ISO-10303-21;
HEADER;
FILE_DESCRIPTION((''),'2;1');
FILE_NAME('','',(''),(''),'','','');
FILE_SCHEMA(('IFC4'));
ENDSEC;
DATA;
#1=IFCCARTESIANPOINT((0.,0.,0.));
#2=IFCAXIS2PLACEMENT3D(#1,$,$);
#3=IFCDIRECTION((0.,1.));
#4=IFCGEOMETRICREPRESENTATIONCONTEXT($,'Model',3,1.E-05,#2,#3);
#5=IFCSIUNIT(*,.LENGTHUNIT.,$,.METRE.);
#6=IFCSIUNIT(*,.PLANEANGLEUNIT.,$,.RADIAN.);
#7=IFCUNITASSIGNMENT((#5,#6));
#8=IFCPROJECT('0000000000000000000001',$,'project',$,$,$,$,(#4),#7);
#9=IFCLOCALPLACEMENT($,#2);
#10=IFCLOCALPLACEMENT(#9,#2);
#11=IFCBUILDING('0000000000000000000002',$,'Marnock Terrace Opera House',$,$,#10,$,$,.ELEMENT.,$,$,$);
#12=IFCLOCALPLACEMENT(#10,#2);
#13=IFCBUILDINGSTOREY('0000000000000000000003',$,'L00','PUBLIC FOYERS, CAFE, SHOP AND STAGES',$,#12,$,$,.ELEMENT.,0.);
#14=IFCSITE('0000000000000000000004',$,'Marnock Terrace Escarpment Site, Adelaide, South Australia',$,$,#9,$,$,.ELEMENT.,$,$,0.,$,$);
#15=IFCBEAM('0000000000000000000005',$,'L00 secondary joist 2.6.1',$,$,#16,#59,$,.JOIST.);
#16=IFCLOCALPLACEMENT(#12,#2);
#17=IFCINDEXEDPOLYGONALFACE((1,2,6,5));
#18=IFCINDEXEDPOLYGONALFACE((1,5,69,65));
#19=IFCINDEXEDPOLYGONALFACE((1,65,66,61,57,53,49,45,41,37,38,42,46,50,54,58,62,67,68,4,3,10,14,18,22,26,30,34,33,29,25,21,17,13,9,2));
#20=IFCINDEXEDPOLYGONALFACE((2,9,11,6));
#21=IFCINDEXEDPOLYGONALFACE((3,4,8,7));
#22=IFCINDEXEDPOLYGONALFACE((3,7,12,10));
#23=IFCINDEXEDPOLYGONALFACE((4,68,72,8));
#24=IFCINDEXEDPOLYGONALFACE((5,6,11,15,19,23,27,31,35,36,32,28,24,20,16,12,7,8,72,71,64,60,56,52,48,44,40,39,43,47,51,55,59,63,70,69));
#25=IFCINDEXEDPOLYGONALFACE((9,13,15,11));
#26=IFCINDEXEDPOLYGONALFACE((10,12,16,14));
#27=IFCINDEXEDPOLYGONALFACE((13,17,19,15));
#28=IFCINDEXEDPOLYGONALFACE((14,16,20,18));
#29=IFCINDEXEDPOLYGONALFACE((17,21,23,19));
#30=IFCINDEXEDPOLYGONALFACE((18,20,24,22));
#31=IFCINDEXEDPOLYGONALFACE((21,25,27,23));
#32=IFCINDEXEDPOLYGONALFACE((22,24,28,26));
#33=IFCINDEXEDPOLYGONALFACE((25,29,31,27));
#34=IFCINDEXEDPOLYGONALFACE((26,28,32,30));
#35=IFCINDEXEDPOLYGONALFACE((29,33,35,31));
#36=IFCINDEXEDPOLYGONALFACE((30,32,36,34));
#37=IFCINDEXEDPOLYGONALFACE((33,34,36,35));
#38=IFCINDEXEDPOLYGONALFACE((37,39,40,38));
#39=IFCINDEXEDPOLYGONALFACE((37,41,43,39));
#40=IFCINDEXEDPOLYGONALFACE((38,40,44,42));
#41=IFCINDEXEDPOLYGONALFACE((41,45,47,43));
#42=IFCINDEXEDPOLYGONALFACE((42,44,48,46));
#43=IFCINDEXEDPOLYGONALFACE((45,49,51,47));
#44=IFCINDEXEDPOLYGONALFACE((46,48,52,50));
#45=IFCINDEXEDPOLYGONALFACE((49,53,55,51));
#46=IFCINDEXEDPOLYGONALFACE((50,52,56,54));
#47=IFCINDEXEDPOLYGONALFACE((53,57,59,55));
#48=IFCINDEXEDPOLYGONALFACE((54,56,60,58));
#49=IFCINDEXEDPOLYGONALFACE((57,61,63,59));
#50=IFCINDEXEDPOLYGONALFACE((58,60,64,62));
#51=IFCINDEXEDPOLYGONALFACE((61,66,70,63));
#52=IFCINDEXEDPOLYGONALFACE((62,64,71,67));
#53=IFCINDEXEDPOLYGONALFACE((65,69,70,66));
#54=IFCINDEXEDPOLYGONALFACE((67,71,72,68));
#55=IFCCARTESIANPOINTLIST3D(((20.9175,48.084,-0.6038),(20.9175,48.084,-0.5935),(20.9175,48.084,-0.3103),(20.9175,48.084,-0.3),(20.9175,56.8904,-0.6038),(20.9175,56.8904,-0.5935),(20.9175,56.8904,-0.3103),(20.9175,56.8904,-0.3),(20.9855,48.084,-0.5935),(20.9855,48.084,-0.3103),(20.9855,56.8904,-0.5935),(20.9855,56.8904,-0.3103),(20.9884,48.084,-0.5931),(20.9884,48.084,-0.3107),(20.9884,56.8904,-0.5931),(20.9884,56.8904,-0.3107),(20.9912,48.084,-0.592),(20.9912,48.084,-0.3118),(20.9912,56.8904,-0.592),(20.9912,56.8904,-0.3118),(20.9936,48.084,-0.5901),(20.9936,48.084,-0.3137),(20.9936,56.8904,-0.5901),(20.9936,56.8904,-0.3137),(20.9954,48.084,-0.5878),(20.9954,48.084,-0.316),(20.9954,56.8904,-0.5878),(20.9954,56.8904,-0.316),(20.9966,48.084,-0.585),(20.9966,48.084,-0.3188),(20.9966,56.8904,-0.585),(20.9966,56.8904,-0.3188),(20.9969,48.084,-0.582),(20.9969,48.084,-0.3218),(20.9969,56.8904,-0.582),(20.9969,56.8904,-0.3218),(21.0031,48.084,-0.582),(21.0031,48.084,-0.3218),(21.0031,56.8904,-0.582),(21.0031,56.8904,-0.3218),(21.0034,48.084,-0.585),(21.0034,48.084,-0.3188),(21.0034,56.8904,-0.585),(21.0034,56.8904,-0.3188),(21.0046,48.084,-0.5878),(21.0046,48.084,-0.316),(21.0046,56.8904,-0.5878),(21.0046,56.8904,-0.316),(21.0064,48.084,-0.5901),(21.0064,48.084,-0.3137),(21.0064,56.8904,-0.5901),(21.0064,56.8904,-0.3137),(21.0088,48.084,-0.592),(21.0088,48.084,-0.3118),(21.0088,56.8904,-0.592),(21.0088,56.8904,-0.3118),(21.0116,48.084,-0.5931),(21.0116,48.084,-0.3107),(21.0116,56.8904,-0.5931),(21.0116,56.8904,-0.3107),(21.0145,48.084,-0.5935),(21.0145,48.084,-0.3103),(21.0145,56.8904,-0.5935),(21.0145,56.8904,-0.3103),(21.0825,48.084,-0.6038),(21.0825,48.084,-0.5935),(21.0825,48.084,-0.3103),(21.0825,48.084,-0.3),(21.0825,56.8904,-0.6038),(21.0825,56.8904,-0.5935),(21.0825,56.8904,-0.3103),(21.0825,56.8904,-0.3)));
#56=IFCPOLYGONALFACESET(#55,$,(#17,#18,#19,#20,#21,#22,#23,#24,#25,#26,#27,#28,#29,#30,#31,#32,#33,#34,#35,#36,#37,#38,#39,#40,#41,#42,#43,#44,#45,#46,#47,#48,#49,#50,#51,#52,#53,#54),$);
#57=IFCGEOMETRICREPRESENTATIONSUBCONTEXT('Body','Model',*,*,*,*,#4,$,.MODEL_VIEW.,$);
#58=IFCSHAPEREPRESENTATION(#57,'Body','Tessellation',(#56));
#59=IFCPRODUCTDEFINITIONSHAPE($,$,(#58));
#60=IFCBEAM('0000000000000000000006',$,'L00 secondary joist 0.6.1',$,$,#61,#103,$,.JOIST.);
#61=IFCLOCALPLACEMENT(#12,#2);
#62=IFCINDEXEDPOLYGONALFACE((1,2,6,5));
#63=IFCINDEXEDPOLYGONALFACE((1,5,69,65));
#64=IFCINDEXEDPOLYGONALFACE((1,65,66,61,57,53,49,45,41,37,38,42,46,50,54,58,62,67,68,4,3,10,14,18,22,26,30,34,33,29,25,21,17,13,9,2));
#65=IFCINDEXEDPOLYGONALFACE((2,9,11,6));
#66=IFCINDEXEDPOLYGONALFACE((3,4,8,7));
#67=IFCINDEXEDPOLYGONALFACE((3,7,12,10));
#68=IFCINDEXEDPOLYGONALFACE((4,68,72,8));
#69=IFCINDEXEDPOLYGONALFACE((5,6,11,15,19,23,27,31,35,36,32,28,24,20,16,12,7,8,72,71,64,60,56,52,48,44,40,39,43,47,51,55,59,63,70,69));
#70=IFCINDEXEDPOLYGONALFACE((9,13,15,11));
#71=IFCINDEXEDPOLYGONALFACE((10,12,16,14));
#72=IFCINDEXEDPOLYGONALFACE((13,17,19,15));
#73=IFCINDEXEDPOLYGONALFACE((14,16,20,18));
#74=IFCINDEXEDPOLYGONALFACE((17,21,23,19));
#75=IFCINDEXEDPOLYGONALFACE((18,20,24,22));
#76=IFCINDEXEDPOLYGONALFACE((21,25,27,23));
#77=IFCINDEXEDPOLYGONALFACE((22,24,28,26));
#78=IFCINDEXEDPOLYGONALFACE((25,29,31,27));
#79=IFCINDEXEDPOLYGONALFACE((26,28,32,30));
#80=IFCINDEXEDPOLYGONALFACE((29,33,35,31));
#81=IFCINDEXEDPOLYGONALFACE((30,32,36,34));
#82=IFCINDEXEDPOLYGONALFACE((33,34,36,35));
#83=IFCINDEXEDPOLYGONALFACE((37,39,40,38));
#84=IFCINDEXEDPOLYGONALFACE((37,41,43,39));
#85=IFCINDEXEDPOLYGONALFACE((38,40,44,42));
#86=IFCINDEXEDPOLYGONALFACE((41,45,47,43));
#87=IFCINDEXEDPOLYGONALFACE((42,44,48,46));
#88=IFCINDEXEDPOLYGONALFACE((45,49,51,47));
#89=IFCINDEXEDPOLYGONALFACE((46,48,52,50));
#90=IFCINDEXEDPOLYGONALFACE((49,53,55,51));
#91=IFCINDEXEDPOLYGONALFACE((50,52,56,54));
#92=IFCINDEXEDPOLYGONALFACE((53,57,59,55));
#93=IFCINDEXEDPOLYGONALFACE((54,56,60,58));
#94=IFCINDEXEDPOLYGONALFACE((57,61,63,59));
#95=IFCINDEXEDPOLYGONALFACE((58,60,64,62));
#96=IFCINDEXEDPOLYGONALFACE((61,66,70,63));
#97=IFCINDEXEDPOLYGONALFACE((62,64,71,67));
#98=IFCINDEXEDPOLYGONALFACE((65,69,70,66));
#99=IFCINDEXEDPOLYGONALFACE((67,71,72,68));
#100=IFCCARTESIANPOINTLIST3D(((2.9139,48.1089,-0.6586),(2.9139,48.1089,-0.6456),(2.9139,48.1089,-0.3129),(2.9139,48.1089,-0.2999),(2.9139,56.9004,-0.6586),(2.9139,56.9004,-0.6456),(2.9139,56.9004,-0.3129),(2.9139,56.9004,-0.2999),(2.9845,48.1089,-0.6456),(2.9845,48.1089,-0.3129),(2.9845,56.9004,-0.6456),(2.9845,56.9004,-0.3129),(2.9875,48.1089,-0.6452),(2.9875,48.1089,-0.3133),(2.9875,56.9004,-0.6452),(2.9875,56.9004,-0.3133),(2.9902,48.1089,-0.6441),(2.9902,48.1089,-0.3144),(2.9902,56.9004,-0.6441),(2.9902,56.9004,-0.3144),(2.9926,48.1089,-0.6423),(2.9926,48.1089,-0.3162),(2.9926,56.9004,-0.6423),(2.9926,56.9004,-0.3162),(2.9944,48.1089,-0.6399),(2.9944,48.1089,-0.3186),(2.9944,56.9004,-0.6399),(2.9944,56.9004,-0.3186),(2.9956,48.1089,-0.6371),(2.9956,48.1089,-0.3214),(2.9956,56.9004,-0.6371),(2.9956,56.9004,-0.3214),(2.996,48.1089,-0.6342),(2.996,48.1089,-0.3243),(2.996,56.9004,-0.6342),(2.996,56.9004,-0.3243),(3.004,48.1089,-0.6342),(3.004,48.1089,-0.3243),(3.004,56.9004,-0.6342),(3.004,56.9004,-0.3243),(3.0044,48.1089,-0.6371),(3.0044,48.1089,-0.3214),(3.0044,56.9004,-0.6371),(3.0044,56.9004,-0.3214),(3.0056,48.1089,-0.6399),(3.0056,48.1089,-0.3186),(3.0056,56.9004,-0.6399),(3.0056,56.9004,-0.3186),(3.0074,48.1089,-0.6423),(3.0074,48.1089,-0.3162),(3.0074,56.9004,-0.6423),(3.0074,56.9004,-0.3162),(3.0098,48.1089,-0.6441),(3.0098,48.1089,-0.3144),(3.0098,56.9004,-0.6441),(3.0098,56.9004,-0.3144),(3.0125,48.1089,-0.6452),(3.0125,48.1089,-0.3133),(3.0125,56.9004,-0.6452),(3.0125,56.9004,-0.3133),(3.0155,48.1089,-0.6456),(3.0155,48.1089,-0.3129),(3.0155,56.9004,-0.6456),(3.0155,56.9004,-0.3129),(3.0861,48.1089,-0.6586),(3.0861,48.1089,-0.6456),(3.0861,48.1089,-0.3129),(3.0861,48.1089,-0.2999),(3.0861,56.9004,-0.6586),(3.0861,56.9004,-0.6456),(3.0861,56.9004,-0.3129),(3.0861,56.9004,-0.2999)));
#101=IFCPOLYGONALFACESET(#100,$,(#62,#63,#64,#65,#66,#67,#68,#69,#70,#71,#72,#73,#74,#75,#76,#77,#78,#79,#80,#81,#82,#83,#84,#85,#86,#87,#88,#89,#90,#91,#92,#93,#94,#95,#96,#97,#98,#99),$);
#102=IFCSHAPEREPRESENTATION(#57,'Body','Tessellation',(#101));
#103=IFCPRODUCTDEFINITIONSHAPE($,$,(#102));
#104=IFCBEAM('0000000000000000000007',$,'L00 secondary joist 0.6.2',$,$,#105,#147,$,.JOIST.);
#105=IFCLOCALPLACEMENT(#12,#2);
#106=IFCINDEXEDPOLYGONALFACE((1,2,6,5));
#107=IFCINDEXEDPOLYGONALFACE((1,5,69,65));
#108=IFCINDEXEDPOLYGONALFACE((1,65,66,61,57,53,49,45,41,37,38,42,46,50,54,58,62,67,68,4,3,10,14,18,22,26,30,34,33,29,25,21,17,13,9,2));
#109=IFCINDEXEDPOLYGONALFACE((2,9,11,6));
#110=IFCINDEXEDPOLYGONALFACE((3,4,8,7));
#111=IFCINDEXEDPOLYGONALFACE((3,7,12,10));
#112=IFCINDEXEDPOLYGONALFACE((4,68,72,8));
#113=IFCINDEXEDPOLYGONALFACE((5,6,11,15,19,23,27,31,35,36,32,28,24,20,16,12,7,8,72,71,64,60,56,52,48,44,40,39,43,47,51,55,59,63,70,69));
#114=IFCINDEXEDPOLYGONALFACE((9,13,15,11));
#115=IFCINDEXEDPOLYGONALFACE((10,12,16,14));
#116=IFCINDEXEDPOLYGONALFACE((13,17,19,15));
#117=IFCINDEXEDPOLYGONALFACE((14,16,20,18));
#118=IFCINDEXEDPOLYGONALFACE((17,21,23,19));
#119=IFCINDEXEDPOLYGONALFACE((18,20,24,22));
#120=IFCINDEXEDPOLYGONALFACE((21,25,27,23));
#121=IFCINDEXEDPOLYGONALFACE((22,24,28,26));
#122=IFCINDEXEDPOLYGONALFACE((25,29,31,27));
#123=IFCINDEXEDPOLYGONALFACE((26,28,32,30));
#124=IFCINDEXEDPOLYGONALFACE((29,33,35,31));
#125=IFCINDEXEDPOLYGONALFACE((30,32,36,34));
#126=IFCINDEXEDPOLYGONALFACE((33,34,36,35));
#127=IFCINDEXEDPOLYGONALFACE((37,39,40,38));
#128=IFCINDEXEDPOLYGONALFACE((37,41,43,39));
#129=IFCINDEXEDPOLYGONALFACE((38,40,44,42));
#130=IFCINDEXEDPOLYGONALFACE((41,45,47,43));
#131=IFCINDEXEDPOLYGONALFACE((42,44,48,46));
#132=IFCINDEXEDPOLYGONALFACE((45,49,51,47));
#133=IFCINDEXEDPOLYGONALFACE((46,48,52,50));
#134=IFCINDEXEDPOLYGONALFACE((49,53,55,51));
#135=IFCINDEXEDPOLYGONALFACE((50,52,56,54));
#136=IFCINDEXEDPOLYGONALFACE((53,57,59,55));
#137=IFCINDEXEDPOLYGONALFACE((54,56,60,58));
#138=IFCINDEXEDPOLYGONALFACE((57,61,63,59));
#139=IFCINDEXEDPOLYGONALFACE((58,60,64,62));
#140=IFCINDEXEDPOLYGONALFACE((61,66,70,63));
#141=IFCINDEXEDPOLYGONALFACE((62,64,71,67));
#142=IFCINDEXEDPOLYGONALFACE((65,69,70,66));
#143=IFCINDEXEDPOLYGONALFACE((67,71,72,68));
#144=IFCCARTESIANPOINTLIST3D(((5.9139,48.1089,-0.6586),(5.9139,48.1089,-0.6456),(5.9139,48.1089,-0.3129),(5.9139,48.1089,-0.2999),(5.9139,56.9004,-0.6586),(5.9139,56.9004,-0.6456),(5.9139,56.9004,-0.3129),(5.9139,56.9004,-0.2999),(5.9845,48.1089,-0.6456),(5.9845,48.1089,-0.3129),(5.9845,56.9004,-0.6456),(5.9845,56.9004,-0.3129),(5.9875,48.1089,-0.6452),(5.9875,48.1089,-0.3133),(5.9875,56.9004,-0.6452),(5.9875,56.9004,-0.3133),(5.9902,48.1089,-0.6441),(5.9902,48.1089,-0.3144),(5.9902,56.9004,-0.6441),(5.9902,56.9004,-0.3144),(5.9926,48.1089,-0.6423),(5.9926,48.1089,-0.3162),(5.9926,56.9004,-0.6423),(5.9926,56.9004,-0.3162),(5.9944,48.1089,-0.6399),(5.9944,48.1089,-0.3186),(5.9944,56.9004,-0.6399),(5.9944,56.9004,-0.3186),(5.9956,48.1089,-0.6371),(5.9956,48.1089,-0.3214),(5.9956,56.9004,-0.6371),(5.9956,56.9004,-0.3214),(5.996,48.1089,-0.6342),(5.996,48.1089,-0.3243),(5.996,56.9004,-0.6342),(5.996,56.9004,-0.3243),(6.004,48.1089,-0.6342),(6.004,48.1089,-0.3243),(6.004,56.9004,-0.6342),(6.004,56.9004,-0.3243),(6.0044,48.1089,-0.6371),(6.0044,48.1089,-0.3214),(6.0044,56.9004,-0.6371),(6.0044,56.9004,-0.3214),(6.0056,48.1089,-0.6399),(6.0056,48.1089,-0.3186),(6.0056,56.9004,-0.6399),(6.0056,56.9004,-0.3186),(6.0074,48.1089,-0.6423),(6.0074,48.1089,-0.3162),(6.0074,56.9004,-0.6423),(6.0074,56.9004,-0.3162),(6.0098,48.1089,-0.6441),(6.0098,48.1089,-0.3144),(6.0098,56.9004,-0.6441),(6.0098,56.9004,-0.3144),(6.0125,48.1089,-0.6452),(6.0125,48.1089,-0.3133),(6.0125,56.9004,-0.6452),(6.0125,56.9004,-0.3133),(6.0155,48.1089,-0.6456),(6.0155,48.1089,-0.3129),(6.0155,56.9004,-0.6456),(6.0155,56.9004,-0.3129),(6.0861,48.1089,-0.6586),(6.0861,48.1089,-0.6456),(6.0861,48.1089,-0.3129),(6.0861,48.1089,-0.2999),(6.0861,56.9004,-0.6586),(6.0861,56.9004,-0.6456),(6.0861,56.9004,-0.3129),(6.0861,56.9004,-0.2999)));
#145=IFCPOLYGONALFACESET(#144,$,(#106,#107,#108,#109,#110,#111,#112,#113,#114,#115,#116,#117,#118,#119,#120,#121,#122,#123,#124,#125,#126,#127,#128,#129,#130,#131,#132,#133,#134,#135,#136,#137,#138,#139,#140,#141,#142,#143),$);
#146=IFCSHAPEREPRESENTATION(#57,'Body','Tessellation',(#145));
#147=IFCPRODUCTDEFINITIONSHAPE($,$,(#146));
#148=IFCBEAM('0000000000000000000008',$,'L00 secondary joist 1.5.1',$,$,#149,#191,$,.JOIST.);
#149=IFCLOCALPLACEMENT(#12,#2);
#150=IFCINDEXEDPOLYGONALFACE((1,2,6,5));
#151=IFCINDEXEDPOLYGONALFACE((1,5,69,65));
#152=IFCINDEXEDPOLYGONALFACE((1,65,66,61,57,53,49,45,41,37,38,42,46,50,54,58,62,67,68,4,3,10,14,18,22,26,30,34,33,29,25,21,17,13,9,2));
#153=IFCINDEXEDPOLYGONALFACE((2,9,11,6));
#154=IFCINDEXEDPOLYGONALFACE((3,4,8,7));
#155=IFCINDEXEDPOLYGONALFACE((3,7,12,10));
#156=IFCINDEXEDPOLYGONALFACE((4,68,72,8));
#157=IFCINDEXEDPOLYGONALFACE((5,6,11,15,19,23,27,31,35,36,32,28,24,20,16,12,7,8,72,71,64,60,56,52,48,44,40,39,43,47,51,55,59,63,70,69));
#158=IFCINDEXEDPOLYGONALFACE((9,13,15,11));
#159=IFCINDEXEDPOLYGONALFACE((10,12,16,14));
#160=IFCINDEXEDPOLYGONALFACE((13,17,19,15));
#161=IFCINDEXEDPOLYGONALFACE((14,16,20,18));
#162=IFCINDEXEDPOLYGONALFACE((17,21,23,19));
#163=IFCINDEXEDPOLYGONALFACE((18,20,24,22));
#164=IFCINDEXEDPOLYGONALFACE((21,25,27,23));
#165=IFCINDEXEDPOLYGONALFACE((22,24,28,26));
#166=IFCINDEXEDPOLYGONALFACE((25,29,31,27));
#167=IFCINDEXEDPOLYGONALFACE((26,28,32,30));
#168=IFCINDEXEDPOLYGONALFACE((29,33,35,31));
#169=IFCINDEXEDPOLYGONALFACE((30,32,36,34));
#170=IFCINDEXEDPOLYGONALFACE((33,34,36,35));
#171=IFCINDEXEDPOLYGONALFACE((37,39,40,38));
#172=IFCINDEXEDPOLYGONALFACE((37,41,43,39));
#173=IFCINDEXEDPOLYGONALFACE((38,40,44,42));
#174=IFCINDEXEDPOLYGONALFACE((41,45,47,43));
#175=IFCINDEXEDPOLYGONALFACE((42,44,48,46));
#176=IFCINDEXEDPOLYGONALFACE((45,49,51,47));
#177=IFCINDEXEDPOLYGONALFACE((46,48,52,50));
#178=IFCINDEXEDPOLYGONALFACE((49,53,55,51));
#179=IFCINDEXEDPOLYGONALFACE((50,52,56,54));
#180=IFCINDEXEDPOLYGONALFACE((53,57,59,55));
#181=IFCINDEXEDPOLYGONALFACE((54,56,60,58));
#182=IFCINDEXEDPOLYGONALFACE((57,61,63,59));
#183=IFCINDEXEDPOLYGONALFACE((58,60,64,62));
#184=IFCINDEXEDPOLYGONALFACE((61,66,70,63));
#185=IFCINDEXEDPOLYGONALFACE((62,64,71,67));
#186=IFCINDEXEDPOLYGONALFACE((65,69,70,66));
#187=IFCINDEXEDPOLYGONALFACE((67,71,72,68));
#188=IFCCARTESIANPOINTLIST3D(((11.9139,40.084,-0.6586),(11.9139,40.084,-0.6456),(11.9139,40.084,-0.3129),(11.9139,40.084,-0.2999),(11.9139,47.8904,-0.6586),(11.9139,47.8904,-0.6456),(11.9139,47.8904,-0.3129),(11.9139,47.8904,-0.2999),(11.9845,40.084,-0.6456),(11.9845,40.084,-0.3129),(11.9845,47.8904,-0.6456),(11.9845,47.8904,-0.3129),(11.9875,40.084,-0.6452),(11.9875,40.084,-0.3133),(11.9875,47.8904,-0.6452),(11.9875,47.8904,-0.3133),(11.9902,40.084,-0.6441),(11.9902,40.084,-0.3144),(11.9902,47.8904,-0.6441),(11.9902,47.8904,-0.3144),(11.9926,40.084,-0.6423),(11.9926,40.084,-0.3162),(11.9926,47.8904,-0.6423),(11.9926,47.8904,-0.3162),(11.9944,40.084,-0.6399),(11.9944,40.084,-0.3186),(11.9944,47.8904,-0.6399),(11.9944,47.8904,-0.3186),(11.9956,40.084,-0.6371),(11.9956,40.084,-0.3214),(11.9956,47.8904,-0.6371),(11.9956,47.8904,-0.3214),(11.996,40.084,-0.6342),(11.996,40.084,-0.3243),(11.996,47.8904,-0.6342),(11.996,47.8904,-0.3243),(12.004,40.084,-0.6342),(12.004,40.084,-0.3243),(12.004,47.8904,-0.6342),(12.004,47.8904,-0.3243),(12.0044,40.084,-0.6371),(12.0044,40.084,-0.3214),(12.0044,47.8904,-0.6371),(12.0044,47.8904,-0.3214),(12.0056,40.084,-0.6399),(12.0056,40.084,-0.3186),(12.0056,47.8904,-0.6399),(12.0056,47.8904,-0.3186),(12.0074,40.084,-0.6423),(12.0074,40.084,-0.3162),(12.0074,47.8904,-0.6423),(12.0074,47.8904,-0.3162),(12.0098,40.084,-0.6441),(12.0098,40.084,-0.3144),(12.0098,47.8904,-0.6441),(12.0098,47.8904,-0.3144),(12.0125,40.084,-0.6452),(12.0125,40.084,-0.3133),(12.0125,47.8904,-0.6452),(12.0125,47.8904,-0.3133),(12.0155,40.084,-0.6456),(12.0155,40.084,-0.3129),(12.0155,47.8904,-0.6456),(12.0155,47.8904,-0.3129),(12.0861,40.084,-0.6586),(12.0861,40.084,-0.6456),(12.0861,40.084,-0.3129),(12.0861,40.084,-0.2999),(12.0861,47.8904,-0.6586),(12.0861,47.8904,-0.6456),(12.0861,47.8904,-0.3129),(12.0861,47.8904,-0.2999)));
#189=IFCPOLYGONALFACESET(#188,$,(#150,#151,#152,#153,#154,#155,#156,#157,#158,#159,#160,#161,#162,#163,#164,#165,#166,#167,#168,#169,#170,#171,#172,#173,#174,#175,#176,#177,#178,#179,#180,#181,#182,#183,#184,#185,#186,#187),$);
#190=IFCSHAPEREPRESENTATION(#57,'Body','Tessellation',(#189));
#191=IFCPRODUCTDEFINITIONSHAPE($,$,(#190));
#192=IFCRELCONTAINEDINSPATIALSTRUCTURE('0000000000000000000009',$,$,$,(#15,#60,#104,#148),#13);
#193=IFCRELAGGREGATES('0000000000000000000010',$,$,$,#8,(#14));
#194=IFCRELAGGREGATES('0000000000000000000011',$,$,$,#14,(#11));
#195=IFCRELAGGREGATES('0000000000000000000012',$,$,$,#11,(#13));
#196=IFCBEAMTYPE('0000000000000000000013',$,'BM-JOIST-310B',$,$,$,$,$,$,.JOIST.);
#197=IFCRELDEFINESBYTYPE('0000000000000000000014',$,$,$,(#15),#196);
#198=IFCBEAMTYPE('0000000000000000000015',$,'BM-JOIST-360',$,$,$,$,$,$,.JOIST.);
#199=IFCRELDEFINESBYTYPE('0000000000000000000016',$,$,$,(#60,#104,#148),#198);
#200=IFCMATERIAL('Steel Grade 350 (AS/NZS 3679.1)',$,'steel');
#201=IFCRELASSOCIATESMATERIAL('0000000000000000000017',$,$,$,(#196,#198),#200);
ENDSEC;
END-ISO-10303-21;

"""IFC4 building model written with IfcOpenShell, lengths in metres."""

from ifc_helpers import new_model, si_unit, direction, frame, origin, origin_2d, place, context, subcontext, project, spatial, i_section, extrude, material, material_profile, profile_set, type_object, element, save


model = new_model("IFC4")

# Units and contexts
model_context = context("Model", 3, precision=1e-05, world=origin(), true_north=direction((0.0, 1.0)))
body_context = subcontext(model_context, "Body", "Model", "MODEL_VIEW")
ifc_project = project(units=[si_unit("LENGTHUNIT", "METRE"), si_unit("PLANEANGLEUNIT", "RADIAN")], contexts=[model_context])

# Site, building, storey
site_placement = place(None, origin())
site = spatial("IfcSite", under=ifc_project, at=site_placement, Name="Marnock Terrace Escarpment Site, Adelaide, South Australia", CompositionType="ELEMENT", RefElevation=0.0)
building_placement = place(site_placement, origin())
building = spatial("IfcBuilding", under=site, at=building_placement, Name="Marnock Terrace Opera House", CompositionType="ELEMENT")
storey_placement = place(building_placement, origin())
storey = spatial("IfcBuildingStorey", under=building, at=storey_placement, Name="L00", Description="PUBLIC FOYERS, CAFE, SHOP AND STAGES", CompositionType="ELEMENT", Elevation=0.0)

# Shared definitions
ifc_material_1 = material(Name="Steel Grade 350 (AS/NZS 3679.1)", Category="steel")

# Beams
ifc_material_profile_1 = material_profile(ifc_material_1, i_section(OverallWidth=0.165, OverallDepth=0.3037, WebThickness=0.0061, FlangeThickness=0.0103, FilletRadius=0.0115, at=origin_2d()))
ifc_profile_set_1 = profile_set([ifc_material_profile_1], Name="Steel Grade 350 (AS/NZS 3679.1)")
beam_type_1 = type_object("IfcBeamType", Name="BM-JOIST-310B", PredefinedType="JOIST", material=ifc_profile_set_1)
beam_1_placement = place(storey_placement, frame((21.0, 48.084, -0.4519), z_axis=(0.0, 1.0, 0.0), x_axis=(-1.0, 0.0, 0.0)))
element("IfcBeam", 1, at=beam_1_placement, inside=storey, type_object=beam_type_1, Name="L00 secondary joist 2.6.1", PredefinedType="JOIST", context=body_context, shape_type="SweptSolid", body=[
    extrude(i_section(OverallWidth=0.165, OverallDepth=0.3037, WebThickness=0.0061, FlangeThickness=0.0103, FilletRadius=0.0115, at=origin_2d()), origin(), (0.0, 0.0, 1.0), 8.8064),
])
ifc_material_profile_2 = material_profile(ifc_material_1, i_section(OverallWidth=0.1721, OverallDepth=0.3586, WebThickness=0.0081, FlangeThickness=0.0129, FilletRadius=0.0115, at=origin_2d()))
ifc_profile_set_2 = profile_set([ifc_material_profile_2], Name="Steel Grade 350 (AS/NZS 3679.1)")
beam_type_2 = type_object("IfcBeamType", Name="BM-JOIST-360", PredefinedType="JOIST", material=ifc_profile_set_2)
for number, where, z_axis, x_axis, name in (
    (2, (3.0, 48.1089, -0.4792), (0.0, 1.0, 0.0), (-1.0, 0.0, 0.0), "L00 secondary joist 0.6.1"),
    (3, (6.0, 48.1089, -0.4792), (0.0, 1.0, 0.0), (-1.0, 0.0, 0.0), "L00 secondary joist 0.6.2"),
):
    element("IfcBeam", number, at=place(storey_placement, frame(where, z_axis=z_axis, x_axis=x_axis)), inside=storey, type_object=beam_type_2, Name=name, PredefinedType="JOIST", context=body_context, shape_type="SweptSolid", body=[
        extrude(i_section(OverallWidth=0.1721, OverallDepth=0.3586, WebThickness=0.0081, FlangeThickness=0.0129, FilletRadius=0.0115, at=origin_2d()), origin(), (0.0, 0.0, 1.0), 8.7915),
    ])
for number, where, z_axis, x_axis, name in (
    (4, (12.0, 40.084, -0.4792), (0.0, 1.0, 0.0), (-1.0, 0.0, 0.0), "L00 secondary joist 1.5.1"),
):
    element("IfcBeam", number, at=place(storey_placement, frame(where, z_axis=z_axis, x_axis=x_axis)), inside=storey, type_object=beam_type_2, Name=name, PredefinedType="JOIST", context=body_context, shape_type="SweptSolid", body=[
        extrude(i_section(OverallWidth=0.1721, OverallDepth=0.3586, WebThickness=0.0081, FlangeThickness=0.0129, FilletRadius=0.0115, at=origin_2d()), origin(), (0.0, 0.0, 1.0), 7.8064),
    ])

save(model, "model.ifc")
